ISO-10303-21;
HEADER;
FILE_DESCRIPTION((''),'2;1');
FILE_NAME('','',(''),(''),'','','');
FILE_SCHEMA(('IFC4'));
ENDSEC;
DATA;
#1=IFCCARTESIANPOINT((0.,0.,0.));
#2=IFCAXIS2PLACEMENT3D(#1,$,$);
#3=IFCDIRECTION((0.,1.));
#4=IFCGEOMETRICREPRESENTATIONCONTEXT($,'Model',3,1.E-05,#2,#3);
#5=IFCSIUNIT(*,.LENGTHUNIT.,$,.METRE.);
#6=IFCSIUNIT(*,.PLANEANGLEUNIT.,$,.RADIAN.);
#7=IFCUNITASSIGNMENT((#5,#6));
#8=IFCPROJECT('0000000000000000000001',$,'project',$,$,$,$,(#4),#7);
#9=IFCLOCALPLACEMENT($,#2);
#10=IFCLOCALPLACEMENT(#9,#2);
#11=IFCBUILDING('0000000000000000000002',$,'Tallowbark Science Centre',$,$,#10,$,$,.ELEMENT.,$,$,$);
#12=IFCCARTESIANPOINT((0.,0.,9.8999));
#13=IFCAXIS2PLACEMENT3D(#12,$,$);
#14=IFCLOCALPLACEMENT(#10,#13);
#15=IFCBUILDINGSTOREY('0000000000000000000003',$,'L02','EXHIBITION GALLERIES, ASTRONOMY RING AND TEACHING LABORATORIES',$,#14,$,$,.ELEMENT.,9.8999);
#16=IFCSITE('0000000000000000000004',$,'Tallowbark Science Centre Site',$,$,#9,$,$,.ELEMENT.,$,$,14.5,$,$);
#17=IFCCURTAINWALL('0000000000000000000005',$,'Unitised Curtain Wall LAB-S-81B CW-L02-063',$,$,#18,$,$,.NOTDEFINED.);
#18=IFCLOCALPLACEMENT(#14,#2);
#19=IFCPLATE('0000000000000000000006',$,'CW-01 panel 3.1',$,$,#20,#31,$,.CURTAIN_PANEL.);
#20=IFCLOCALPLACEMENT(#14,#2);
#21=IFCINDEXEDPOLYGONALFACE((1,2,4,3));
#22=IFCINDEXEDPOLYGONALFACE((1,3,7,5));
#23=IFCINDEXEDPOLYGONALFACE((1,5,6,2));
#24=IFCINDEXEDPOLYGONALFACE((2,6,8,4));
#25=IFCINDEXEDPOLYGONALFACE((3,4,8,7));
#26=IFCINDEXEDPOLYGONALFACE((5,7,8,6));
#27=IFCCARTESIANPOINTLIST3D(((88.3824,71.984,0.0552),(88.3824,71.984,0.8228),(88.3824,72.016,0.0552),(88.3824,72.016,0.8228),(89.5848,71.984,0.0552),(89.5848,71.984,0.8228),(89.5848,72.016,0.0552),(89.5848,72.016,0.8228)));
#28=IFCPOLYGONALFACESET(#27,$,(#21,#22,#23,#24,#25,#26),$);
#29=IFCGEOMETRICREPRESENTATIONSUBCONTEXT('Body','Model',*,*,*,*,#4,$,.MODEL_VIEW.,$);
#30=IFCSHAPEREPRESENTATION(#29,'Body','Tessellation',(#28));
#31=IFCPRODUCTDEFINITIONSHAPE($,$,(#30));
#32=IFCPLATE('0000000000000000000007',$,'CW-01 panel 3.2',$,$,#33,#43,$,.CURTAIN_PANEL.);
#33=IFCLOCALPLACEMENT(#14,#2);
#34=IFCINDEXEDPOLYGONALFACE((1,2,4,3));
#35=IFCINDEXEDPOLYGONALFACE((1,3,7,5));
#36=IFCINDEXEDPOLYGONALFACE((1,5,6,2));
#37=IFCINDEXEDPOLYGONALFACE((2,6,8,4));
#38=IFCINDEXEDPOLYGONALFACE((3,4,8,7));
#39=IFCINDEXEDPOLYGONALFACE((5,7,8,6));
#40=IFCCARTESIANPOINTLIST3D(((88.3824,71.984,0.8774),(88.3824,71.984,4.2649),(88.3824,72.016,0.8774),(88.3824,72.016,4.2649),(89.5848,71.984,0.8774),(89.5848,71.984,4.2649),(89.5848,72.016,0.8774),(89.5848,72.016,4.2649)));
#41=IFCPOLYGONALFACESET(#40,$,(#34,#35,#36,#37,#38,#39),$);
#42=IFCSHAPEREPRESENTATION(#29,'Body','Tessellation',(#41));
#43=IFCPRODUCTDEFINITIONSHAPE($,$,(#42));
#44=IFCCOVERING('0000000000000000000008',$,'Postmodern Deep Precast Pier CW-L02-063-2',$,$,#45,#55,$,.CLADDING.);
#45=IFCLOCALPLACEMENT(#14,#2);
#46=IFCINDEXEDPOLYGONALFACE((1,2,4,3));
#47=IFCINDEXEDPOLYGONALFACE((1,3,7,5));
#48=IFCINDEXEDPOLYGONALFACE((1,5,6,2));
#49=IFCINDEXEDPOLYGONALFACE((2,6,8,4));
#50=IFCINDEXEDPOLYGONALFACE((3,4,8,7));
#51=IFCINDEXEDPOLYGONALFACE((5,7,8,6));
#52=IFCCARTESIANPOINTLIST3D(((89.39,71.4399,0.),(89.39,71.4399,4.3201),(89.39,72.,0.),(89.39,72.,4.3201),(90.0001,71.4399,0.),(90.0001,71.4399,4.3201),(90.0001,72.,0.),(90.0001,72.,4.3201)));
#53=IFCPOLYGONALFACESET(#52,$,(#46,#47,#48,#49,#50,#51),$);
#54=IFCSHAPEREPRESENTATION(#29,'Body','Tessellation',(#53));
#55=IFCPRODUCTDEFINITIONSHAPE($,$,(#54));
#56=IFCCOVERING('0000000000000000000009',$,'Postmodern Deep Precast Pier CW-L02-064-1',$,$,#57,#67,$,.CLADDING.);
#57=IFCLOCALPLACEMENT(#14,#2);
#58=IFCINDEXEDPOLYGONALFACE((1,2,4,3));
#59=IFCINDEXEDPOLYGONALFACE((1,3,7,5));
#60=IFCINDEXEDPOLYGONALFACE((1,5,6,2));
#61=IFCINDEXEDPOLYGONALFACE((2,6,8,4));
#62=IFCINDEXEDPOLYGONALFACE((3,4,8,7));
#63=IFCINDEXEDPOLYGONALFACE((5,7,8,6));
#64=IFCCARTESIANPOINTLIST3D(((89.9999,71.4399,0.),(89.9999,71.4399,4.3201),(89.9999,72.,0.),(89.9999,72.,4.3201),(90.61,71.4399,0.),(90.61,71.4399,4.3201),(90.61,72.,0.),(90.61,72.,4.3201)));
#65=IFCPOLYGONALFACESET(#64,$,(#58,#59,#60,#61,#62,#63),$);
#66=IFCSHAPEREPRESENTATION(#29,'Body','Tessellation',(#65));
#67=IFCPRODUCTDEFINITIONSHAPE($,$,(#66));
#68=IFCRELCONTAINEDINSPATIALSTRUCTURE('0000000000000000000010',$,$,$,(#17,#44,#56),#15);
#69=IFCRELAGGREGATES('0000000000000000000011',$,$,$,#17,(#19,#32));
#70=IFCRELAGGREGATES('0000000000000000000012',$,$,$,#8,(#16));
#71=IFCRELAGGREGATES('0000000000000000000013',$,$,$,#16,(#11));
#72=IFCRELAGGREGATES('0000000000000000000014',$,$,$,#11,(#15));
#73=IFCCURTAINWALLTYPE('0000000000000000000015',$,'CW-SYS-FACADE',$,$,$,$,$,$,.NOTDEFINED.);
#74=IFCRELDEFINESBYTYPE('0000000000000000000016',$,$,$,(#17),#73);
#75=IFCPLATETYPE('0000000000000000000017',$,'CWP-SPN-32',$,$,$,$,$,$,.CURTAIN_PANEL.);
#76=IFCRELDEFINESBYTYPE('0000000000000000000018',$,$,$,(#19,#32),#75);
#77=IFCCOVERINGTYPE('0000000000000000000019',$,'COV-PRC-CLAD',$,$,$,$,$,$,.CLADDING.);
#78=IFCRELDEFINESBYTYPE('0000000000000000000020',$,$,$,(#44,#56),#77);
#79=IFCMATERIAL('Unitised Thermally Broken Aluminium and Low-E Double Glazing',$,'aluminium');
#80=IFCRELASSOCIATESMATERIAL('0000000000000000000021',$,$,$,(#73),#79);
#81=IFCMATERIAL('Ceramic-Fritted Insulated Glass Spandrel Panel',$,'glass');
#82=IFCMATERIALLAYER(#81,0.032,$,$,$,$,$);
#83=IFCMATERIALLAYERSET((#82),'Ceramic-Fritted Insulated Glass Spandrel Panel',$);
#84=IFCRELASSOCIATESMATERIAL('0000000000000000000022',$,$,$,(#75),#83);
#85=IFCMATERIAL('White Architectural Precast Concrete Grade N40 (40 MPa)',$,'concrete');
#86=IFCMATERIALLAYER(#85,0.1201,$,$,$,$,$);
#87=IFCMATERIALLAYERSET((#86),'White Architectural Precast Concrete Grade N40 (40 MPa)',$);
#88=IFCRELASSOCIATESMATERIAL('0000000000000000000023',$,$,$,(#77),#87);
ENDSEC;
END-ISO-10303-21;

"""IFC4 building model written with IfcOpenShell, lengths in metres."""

from ifc_helpers import new_model, si_unit, direction, frame, origin, origin_2d, place, context, subcontext, project, spatial, rectangle, extrude, material, layer, layer_set, type_object, element, aggregate, save


model = new_model("IFC4")

# Units and contexts
model_context = context("Model", 3, precision=1e-05, world=origin(), true_north=direction((0.0, 1.0)))
body_context = subcontext(model_context, "Body", "Model", "MODEL_VIEW")
ifc_project = project(units=[si_unit("LENGTHUNIT", "METRE"), si_unit("PLANEANGLEUNIT", "RADIAN")], contexts=[model_context])

# Site, building, storey
site_placement = place(None, origin())
site = spatial("IfcSite", under=ifc_project, at=site_placement, Name="Tallowbark Science Centre Site", CompositionType="ELEMENT", RefElevation=14.5)
building_placement = place(site_placement, origin())
building = spatial("IfcBuilding", under=site, at=building_placement, Name="Tallowbark Science Centre", CompositionType="ELEMENT")
storey_placement = place(building_placement, frame((0.0, 0.0, 9.8999)))
storey = spatial("IfcBuildingStorey", under=building, at=storey_placement, Name="L02", Description="EXHIBITION GALLERIES, ASTRONOMY RING AND TEACHING LABORATORIES", CompositionType="ELEMENT", Elevation=9.8999)

# Curtain wall
ifc_material_1 = material(Name="Unitised Thermally Broken Aluminium and Low-E Double Glazing", Category="aluminium")
curtain_wall_type = type_object("IfcCurtainWallType", Name="CW-SYS-FACADE", PredefinedType="NOTDEFINED", material=ifc_material_1)
curtain_wall_1_placement = place(storey_placement, origin())
curtain_wall_1 = element("IfcCurtainWall", 1, at=curtain_wall_1_placement, inside=storey, type_object=curtain_wall_type, Name="Unitised Curtain Wall LAB-S-81B CW-L02-063", PredefinedType="NOTDEFINED")

# Plates
ifc_material_2 = material(Name="Ceramic-Fritted Insulated Glass Spandrel Panel", Category="glass")
ifc_layer_1 = layer(ifc_material_2, 0.032)
ifc_layer_set_1 = layer_set([ifc_layer_1], Name="Ceramic-Fritted Insulated Glass Spandrel Panel")
plate_type_1 = type_object("IfcPlateType", Name="CWP-SPN-32", PredefinedType="CURTAIN_PANEL", material=ifc_layer_set_1)
plate_1_placement = place(storey_placement, frame((88.9836, 72.0, 0.0552), z_axis=(0.0, 0.0, 1.0), x_axis=(1.0, 0.0, 0.0)))
plate_1 = element("IfcPlate", 2, at=plate_1_placement, type_object=plate_type_1, Name="CW-01 panel 3.1", PredefinedType="CURTAIN_PANEL", context=body_context, shape_type="SweptSolid", body=[
    extrude(rectangle(XDim=1.2024, YDim=0.032, at=origin_2d()), origin(), (0.0, 0.0, 1.0), 0.7676),
])
plate_2_placement = place(storey_placement, frame((88.9836, 72.0, 0.8774), z_axis=(0.0, 0.0, 1.0), x_axis=(1.0, 0.0, 0.0)))
plate_2 = element("IfcPlate", 3, at=plate_2_placement, type_object=plate_type_1, Name="CW-01 panel 3.2", PredefinedType="CURTAIN_PANEL", context=body_context, shape_type="SweptSolid", body=[
    extrude(rectangle(XDim=1.2024, YDim=0.032, at=origin_2d()), origin(), (0.0, 0.0, 1.0), 3.3875),
])
aggregate(curtain_wall_1, [plate_1, plate_2])

# Coverings
ifc_material_3 = material(Name="White Architectural Precast Concrete Grade N40 (40 MPa)", Category="concrete")
ifc_layer_2 = layer(ifc_material_3, 0.1201)
ifc_layer_set_2 = layer_set([ifc_layer_2], Name="White Architectural Precast Concrete Grade N40 (40 MPa)")
covering_type = type_object("IfcCoveringType", Name="COV-PRC-CLAD", PredefinedType="CLADDING", material=ifc_layer_set_2)
for number, where, z_axis, x_axis, name in (
    (4, (89.6951, 71.72, 0.0), (0.0, 0.0, 1.0), (1.0, 0.0, 0.0), "Postmodern Deep Precast Pier CW-L02-063-2"),
    (5, (90.3049, 71.72, 0.0), (0.0, 0.0, 1.0), (1.0, 0.0, 0.0), "Postmodern Deep Precast Pier CW-L02-064-1"),
):
    element("IfcCovering", number, at=place(storey_placement, frame(where, z_axis=z_axis, x_axis=x_axis)), inside=storey, type_object=covering_type, Name=name, PredefinedType="CLADDING", context=body_context, shape_type="SweptSolid", body=[
        extrude(rectangle(XDim=0.6101, YDim=0.5601, at=origin_2d()), origin(), (0.0, 0.0, 1.0), 4.3201),
    ])

save(model, "model.ifc")
